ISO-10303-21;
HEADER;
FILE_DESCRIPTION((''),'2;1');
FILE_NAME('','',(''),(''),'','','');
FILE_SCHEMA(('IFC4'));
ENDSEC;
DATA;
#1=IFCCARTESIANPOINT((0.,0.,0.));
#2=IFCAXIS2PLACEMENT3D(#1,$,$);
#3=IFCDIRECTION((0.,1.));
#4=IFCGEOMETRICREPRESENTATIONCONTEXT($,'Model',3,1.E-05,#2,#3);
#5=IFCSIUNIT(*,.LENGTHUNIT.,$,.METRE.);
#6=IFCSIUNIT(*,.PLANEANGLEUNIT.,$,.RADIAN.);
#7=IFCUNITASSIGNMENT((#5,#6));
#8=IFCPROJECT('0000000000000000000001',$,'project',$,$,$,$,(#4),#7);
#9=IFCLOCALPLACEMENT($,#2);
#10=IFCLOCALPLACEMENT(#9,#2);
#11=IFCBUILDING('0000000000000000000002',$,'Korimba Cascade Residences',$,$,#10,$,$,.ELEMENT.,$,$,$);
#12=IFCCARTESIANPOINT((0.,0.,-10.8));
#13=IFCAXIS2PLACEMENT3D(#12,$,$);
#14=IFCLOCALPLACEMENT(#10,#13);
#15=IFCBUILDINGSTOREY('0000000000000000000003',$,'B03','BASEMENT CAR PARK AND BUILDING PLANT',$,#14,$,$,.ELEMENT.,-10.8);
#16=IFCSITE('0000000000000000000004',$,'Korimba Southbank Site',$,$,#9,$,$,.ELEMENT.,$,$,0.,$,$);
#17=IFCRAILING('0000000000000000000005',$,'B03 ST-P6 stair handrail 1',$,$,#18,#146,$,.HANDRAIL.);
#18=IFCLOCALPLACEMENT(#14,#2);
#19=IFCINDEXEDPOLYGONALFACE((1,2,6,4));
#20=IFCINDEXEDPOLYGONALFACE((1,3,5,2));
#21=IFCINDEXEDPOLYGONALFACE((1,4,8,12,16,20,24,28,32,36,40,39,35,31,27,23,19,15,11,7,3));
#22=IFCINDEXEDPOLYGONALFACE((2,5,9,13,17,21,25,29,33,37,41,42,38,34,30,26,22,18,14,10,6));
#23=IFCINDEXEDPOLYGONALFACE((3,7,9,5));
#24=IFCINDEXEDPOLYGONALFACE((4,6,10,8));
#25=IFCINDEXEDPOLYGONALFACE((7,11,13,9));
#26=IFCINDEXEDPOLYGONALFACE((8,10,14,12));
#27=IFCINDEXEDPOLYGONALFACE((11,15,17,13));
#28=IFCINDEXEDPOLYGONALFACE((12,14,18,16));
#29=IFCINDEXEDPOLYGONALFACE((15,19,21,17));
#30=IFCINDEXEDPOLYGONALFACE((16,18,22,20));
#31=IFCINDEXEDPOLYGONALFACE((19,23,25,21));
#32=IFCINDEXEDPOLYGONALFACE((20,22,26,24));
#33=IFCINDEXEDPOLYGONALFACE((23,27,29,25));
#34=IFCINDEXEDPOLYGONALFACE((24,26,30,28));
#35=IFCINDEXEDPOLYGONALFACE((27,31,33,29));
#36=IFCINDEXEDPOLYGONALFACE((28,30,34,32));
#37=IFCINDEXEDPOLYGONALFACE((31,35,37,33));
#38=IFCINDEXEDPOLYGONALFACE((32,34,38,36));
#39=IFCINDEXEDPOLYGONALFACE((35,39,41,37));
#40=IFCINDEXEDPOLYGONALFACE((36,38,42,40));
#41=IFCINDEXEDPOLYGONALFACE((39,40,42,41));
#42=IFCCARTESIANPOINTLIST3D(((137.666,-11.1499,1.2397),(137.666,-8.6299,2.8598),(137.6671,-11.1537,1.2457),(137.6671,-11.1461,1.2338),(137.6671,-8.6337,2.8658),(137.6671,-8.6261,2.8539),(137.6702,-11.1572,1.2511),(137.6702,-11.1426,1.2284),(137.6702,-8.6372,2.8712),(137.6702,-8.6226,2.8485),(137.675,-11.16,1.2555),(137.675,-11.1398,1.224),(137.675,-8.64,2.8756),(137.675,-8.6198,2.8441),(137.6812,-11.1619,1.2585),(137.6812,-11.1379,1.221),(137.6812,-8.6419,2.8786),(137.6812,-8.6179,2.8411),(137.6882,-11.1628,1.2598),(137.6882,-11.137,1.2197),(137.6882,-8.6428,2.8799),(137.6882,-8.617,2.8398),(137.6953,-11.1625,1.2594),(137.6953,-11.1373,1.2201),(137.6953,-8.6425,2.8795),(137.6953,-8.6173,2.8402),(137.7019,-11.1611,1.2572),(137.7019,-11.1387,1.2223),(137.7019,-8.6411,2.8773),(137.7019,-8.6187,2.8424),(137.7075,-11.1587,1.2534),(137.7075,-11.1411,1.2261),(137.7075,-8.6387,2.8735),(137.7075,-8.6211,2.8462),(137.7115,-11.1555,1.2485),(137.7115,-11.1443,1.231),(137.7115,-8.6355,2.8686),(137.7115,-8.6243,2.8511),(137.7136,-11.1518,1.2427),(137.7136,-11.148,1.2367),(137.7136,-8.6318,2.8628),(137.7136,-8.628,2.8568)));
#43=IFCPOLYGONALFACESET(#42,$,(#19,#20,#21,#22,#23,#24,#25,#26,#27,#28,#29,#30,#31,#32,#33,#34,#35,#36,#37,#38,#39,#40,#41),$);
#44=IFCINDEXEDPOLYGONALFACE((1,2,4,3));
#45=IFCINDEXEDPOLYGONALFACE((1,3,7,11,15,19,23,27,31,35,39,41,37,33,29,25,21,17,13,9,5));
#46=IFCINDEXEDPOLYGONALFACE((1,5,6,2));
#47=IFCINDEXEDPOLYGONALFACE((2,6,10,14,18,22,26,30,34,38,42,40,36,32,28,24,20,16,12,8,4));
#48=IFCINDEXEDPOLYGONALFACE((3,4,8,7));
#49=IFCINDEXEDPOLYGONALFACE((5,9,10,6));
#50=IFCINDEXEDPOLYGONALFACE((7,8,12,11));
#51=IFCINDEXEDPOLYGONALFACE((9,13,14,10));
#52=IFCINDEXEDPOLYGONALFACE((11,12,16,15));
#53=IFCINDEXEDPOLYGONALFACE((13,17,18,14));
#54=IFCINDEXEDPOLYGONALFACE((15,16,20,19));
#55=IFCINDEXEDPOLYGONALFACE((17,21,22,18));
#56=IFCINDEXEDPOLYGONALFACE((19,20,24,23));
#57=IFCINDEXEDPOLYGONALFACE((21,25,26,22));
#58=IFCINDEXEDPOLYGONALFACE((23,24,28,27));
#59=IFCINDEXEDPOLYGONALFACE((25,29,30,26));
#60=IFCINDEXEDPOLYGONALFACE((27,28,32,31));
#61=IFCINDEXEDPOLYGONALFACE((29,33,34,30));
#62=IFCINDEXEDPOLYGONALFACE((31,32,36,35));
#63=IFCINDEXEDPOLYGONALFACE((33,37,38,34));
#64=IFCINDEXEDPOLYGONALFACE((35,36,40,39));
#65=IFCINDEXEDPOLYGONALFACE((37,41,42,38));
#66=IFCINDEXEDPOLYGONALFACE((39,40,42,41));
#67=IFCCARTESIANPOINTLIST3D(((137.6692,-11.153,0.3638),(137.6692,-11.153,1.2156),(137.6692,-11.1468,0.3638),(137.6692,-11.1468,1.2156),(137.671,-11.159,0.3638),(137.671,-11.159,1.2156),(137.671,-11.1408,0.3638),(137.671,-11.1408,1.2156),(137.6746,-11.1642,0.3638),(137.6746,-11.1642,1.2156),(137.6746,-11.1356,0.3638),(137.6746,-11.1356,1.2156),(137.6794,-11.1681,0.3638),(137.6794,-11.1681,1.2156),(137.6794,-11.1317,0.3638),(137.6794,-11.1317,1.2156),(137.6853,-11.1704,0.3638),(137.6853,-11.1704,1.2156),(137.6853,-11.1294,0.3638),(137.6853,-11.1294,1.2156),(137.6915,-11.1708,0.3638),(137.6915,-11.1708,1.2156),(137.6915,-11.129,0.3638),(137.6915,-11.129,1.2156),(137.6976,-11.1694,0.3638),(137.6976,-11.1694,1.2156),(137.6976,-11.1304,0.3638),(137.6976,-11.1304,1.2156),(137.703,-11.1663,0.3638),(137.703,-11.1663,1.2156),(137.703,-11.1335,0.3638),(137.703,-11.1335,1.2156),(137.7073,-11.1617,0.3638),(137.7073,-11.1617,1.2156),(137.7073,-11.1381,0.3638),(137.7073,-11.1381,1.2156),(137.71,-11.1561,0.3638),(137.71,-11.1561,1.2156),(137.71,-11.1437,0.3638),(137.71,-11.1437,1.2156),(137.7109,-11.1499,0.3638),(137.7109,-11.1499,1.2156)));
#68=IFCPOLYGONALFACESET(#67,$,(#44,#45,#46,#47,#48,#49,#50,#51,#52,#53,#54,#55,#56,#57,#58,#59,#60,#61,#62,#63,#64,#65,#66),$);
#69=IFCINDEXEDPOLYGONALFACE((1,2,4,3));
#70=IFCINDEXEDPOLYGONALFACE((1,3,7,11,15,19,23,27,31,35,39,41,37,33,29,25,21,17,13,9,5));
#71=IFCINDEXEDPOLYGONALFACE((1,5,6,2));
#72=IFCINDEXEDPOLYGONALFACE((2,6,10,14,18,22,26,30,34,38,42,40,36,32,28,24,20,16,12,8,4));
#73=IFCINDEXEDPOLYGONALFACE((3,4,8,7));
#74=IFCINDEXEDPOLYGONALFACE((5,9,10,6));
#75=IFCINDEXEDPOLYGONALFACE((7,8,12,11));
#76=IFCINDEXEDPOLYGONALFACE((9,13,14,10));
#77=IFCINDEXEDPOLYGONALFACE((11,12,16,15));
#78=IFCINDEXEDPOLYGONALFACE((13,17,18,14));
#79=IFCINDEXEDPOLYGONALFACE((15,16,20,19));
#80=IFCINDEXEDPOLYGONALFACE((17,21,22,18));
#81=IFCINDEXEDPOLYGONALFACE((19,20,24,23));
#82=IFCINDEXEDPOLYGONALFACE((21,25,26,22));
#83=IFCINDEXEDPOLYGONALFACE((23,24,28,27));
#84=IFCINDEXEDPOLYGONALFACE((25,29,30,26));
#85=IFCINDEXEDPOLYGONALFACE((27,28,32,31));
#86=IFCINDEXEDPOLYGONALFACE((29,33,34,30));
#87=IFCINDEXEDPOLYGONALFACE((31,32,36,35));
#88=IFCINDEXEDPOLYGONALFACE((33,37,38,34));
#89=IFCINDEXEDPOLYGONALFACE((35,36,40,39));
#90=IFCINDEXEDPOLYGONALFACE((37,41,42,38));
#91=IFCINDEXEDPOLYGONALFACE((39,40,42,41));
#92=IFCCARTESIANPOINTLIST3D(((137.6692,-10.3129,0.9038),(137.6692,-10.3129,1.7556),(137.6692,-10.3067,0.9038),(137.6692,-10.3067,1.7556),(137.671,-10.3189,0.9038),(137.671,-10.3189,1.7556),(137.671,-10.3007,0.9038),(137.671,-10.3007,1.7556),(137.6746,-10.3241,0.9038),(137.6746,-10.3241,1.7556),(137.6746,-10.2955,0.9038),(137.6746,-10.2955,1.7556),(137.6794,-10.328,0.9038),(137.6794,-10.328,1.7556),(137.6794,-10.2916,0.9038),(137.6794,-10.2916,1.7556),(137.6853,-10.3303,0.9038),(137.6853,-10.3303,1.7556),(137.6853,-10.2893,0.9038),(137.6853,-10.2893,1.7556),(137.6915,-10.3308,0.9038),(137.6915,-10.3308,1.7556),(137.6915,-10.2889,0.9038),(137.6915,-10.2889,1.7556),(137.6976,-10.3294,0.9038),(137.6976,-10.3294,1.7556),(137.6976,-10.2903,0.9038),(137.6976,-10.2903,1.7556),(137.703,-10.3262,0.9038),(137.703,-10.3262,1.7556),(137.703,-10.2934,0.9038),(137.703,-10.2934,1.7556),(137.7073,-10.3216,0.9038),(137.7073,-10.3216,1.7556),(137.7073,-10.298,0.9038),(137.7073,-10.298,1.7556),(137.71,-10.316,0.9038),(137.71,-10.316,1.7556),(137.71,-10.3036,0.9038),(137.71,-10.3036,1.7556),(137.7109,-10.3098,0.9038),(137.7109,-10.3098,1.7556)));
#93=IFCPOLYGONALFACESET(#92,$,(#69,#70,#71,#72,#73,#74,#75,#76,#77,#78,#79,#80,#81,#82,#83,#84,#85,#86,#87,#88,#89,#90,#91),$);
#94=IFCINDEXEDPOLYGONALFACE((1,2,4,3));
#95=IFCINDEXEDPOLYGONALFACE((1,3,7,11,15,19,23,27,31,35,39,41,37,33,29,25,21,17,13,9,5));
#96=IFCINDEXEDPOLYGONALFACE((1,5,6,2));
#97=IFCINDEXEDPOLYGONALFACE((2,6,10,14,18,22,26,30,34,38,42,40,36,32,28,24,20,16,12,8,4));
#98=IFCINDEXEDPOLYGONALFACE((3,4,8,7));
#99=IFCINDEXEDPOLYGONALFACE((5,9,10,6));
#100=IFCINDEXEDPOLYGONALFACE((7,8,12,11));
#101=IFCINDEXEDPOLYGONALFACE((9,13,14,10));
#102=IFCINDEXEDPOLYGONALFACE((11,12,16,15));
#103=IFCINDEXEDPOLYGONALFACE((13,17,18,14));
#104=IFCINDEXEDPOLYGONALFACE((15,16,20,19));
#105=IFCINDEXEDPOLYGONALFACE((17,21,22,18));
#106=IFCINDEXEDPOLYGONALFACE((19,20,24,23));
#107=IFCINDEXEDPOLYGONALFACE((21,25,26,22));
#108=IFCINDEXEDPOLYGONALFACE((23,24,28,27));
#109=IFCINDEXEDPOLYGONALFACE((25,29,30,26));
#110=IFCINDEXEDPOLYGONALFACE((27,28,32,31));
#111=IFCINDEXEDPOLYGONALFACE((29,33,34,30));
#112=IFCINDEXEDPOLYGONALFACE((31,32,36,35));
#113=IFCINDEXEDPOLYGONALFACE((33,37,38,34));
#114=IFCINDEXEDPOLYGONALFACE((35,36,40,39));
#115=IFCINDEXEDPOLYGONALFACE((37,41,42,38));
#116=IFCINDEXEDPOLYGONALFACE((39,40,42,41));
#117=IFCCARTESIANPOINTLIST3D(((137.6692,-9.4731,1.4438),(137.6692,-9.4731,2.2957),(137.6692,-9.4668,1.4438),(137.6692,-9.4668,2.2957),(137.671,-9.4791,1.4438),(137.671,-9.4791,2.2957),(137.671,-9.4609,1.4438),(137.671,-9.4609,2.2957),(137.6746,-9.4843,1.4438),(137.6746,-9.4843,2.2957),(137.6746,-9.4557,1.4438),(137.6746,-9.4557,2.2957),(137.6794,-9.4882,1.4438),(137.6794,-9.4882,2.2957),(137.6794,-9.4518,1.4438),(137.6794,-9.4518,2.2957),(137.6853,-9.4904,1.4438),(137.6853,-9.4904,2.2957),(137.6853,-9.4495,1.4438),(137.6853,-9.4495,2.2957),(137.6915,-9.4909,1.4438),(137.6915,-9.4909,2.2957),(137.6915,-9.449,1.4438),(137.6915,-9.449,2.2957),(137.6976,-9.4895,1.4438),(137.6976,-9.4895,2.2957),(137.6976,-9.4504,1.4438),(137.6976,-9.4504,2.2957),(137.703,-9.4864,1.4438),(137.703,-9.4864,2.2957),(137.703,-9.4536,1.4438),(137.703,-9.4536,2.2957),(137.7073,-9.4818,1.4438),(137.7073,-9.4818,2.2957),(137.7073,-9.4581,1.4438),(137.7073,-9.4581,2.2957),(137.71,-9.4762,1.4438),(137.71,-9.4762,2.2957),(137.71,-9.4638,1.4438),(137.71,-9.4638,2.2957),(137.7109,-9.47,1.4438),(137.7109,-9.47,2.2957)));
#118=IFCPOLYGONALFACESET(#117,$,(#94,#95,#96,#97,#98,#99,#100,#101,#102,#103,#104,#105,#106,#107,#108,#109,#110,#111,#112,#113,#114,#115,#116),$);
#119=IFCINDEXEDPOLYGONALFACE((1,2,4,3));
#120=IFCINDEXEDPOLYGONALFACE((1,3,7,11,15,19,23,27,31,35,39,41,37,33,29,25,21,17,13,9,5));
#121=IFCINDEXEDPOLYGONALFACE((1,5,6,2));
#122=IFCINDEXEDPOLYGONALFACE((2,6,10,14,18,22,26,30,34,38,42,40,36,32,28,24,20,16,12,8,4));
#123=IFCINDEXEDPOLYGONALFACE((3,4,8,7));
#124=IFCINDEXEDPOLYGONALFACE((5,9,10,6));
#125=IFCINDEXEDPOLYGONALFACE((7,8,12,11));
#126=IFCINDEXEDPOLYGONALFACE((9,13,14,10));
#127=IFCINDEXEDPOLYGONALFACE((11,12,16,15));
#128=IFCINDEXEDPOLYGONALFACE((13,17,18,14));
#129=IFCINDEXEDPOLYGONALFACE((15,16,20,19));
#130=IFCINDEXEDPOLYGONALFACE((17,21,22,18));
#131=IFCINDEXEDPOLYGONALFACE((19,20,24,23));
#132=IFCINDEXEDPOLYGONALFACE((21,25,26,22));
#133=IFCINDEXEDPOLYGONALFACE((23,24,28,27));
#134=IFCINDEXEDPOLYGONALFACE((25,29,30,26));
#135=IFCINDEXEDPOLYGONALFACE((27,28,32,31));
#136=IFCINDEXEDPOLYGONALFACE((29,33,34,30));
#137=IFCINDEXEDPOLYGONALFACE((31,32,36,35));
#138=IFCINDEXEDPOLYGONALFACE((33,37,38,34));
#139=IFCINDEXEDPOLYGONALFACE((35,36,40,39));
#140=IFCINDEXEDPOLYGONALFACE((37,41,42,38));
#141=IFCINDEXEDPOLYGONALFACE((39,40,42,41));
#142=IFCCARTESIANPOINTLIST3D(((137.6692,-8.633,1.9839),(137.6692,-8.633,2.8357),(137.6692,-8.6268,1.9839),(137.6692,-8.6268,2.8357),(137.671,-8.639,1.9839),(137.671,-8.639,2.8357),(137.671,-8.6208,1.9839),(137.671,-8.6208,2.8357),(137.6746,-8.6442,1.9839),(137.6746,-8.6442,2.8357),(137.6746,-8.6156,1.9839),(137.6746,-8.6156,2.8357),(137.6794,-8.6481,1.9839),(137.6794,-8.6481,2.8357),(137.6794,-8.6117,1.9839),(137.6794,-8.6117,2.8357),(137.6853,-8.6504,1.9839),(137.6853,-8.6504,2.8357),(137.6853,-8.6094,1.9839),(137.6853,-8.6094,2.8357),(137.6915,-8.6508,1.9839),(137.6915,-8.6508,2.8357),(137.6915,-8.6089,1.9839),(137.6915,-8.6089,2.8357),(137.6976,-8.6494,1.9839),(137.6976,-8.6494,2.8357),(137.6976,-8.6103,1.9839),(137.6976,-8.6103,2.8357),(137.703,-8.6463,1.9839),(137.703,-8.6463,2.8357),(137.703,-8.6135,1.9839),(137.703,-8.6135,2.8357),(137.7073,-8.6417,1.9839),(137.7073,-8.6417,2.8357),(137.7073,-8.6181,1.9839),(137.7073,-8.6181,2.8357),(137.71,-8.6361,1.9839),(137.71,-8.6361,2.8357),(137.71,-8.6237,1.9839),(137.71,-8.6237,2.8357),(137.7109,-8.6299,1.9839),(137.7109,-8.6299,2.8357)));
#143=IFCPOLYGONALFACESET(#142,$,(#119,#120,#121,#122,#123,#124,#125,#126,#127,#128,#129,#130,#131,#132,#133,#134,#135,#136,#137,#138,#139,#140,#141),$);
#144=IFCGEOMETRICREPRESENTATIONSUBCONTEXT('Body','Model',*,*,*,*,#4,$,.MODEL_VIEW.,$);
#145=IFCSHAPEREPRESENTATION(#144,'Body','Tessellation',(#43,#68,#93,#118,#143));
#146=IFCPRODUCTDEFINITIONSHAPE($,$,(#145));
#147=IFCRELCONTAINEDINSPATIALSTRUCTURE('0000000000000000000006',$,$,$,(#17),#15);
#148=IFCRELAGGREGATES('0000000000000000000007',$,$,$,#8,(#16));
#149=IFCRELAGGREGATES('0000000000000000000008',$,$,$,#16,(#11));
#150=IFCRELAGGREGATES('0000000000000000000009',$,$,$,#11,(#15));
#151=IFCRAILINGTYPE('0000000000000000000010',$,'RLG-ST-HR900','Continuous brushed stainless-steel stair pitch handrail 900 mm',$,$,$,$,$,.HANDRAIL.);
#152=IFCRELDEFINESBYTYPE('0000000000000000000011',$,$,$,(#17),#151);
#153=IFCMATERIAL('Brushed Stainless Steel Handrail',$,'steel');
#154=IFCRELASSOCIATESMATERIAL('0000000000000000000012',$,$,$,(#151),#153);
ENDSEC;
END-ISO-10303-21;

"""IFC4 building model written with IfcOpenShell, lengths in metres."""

from ifc_helpers import new_model, si_unit, direction, frame, origin, origin_2d, place, context, subcontext, project, spatial, circle, extrude, material, type_object, element, save


model = new_model("IFC4")

# Units and contexts
model_context = context("Model", 3, precision=1e-05, world=origin(), true_north=direction((0.0, 1.0)))
body_context = subcontext(model_context, "Body", "Model", "MODEL_VIEW")
ifc_project = project(units=[si_unit("LENGTHUNIT", "METRE"), si_unit("PLANEANGLEUNIT", "RADIAN")], contexts=[model_context])

# Site, building, storey
site_placement = place(None, origin())
site = spatial("IfcSite", under=ifc_project, at=site_placement, Name="Korimba Southbank Site", CompositionType="ELEMENT", RefElevation=0.0)
building_placement = place(site_placement, origin())
building = spatial("IfcBuilding", under=site, at=building_placement, Name="Korimba Cascade Residences", CompositionType="ELEMENT")
storey_placement = place(building_placement, frame((0.0, 0.0, -10.8)))
storey = spatial("IfcBuildingStorey", under=building, at=storey_placement, Name="B03", Description="BASEMENT CAR PARK AND BUILDING PLANT", CompositionType="ELEMENT", Elevation=-10.8)

# Railing
ifc_material_1 = material(Name="Brushed Stainless Steel Handrail", Category="steel")
railing_type_1 = type_object("IfcRailingType", Name="RLG-ST-HR900", Description="Continuous brushed stainless-steel stair pitch handrail 900 mm", PredefinedType="HANDRAIL", material=ifc_material_1)
railing_1_placement = place(storey_placement, frame((137.6899, -11.1499, 0.3638)))
element("IfcRailing", 1, at=railing_1_placement, inside=storey, type_object=railing_type_1, Name="B03 ST-P6 stair handrail 1", PredefinedType="HANDRAIL", context=body_context, shape_type="SweptSolid", body=[
    extrude(circle(Radius=0.0239, at=origin_2d()), frame((0.0, 0.0, 0.876), z_axis=(0.0, 0.841163, 0.540782), x_axis=(-1.0, 0.0, 0.0)), (0.0, 0.0, 1.0), 2.9958),
    extrude(circle(Radius=0.021, at=origin_2d()), origin(), (0.0, 0.0, 1.0), 0.8518),
    extrude(circle(Radius=0.021, at=origin_2d()), frame((0.0, 0.8401, 0.54)), (0.0, 0.0, 1.0), 0.8518),
    extrude(circle(Radius=0.021, at=origin_2d()), frame((0.0, 1.6799, 1.0801)), (0.0, 0.0, 1.0), 0.8518),
    extrude(circle(Radius=0.021, at=origin_2d()), frame((0.0, 2.52, 1.6201)), (0.0, 0.0, 1.0), 0.8518),
])

save(model, "model.ifc")
